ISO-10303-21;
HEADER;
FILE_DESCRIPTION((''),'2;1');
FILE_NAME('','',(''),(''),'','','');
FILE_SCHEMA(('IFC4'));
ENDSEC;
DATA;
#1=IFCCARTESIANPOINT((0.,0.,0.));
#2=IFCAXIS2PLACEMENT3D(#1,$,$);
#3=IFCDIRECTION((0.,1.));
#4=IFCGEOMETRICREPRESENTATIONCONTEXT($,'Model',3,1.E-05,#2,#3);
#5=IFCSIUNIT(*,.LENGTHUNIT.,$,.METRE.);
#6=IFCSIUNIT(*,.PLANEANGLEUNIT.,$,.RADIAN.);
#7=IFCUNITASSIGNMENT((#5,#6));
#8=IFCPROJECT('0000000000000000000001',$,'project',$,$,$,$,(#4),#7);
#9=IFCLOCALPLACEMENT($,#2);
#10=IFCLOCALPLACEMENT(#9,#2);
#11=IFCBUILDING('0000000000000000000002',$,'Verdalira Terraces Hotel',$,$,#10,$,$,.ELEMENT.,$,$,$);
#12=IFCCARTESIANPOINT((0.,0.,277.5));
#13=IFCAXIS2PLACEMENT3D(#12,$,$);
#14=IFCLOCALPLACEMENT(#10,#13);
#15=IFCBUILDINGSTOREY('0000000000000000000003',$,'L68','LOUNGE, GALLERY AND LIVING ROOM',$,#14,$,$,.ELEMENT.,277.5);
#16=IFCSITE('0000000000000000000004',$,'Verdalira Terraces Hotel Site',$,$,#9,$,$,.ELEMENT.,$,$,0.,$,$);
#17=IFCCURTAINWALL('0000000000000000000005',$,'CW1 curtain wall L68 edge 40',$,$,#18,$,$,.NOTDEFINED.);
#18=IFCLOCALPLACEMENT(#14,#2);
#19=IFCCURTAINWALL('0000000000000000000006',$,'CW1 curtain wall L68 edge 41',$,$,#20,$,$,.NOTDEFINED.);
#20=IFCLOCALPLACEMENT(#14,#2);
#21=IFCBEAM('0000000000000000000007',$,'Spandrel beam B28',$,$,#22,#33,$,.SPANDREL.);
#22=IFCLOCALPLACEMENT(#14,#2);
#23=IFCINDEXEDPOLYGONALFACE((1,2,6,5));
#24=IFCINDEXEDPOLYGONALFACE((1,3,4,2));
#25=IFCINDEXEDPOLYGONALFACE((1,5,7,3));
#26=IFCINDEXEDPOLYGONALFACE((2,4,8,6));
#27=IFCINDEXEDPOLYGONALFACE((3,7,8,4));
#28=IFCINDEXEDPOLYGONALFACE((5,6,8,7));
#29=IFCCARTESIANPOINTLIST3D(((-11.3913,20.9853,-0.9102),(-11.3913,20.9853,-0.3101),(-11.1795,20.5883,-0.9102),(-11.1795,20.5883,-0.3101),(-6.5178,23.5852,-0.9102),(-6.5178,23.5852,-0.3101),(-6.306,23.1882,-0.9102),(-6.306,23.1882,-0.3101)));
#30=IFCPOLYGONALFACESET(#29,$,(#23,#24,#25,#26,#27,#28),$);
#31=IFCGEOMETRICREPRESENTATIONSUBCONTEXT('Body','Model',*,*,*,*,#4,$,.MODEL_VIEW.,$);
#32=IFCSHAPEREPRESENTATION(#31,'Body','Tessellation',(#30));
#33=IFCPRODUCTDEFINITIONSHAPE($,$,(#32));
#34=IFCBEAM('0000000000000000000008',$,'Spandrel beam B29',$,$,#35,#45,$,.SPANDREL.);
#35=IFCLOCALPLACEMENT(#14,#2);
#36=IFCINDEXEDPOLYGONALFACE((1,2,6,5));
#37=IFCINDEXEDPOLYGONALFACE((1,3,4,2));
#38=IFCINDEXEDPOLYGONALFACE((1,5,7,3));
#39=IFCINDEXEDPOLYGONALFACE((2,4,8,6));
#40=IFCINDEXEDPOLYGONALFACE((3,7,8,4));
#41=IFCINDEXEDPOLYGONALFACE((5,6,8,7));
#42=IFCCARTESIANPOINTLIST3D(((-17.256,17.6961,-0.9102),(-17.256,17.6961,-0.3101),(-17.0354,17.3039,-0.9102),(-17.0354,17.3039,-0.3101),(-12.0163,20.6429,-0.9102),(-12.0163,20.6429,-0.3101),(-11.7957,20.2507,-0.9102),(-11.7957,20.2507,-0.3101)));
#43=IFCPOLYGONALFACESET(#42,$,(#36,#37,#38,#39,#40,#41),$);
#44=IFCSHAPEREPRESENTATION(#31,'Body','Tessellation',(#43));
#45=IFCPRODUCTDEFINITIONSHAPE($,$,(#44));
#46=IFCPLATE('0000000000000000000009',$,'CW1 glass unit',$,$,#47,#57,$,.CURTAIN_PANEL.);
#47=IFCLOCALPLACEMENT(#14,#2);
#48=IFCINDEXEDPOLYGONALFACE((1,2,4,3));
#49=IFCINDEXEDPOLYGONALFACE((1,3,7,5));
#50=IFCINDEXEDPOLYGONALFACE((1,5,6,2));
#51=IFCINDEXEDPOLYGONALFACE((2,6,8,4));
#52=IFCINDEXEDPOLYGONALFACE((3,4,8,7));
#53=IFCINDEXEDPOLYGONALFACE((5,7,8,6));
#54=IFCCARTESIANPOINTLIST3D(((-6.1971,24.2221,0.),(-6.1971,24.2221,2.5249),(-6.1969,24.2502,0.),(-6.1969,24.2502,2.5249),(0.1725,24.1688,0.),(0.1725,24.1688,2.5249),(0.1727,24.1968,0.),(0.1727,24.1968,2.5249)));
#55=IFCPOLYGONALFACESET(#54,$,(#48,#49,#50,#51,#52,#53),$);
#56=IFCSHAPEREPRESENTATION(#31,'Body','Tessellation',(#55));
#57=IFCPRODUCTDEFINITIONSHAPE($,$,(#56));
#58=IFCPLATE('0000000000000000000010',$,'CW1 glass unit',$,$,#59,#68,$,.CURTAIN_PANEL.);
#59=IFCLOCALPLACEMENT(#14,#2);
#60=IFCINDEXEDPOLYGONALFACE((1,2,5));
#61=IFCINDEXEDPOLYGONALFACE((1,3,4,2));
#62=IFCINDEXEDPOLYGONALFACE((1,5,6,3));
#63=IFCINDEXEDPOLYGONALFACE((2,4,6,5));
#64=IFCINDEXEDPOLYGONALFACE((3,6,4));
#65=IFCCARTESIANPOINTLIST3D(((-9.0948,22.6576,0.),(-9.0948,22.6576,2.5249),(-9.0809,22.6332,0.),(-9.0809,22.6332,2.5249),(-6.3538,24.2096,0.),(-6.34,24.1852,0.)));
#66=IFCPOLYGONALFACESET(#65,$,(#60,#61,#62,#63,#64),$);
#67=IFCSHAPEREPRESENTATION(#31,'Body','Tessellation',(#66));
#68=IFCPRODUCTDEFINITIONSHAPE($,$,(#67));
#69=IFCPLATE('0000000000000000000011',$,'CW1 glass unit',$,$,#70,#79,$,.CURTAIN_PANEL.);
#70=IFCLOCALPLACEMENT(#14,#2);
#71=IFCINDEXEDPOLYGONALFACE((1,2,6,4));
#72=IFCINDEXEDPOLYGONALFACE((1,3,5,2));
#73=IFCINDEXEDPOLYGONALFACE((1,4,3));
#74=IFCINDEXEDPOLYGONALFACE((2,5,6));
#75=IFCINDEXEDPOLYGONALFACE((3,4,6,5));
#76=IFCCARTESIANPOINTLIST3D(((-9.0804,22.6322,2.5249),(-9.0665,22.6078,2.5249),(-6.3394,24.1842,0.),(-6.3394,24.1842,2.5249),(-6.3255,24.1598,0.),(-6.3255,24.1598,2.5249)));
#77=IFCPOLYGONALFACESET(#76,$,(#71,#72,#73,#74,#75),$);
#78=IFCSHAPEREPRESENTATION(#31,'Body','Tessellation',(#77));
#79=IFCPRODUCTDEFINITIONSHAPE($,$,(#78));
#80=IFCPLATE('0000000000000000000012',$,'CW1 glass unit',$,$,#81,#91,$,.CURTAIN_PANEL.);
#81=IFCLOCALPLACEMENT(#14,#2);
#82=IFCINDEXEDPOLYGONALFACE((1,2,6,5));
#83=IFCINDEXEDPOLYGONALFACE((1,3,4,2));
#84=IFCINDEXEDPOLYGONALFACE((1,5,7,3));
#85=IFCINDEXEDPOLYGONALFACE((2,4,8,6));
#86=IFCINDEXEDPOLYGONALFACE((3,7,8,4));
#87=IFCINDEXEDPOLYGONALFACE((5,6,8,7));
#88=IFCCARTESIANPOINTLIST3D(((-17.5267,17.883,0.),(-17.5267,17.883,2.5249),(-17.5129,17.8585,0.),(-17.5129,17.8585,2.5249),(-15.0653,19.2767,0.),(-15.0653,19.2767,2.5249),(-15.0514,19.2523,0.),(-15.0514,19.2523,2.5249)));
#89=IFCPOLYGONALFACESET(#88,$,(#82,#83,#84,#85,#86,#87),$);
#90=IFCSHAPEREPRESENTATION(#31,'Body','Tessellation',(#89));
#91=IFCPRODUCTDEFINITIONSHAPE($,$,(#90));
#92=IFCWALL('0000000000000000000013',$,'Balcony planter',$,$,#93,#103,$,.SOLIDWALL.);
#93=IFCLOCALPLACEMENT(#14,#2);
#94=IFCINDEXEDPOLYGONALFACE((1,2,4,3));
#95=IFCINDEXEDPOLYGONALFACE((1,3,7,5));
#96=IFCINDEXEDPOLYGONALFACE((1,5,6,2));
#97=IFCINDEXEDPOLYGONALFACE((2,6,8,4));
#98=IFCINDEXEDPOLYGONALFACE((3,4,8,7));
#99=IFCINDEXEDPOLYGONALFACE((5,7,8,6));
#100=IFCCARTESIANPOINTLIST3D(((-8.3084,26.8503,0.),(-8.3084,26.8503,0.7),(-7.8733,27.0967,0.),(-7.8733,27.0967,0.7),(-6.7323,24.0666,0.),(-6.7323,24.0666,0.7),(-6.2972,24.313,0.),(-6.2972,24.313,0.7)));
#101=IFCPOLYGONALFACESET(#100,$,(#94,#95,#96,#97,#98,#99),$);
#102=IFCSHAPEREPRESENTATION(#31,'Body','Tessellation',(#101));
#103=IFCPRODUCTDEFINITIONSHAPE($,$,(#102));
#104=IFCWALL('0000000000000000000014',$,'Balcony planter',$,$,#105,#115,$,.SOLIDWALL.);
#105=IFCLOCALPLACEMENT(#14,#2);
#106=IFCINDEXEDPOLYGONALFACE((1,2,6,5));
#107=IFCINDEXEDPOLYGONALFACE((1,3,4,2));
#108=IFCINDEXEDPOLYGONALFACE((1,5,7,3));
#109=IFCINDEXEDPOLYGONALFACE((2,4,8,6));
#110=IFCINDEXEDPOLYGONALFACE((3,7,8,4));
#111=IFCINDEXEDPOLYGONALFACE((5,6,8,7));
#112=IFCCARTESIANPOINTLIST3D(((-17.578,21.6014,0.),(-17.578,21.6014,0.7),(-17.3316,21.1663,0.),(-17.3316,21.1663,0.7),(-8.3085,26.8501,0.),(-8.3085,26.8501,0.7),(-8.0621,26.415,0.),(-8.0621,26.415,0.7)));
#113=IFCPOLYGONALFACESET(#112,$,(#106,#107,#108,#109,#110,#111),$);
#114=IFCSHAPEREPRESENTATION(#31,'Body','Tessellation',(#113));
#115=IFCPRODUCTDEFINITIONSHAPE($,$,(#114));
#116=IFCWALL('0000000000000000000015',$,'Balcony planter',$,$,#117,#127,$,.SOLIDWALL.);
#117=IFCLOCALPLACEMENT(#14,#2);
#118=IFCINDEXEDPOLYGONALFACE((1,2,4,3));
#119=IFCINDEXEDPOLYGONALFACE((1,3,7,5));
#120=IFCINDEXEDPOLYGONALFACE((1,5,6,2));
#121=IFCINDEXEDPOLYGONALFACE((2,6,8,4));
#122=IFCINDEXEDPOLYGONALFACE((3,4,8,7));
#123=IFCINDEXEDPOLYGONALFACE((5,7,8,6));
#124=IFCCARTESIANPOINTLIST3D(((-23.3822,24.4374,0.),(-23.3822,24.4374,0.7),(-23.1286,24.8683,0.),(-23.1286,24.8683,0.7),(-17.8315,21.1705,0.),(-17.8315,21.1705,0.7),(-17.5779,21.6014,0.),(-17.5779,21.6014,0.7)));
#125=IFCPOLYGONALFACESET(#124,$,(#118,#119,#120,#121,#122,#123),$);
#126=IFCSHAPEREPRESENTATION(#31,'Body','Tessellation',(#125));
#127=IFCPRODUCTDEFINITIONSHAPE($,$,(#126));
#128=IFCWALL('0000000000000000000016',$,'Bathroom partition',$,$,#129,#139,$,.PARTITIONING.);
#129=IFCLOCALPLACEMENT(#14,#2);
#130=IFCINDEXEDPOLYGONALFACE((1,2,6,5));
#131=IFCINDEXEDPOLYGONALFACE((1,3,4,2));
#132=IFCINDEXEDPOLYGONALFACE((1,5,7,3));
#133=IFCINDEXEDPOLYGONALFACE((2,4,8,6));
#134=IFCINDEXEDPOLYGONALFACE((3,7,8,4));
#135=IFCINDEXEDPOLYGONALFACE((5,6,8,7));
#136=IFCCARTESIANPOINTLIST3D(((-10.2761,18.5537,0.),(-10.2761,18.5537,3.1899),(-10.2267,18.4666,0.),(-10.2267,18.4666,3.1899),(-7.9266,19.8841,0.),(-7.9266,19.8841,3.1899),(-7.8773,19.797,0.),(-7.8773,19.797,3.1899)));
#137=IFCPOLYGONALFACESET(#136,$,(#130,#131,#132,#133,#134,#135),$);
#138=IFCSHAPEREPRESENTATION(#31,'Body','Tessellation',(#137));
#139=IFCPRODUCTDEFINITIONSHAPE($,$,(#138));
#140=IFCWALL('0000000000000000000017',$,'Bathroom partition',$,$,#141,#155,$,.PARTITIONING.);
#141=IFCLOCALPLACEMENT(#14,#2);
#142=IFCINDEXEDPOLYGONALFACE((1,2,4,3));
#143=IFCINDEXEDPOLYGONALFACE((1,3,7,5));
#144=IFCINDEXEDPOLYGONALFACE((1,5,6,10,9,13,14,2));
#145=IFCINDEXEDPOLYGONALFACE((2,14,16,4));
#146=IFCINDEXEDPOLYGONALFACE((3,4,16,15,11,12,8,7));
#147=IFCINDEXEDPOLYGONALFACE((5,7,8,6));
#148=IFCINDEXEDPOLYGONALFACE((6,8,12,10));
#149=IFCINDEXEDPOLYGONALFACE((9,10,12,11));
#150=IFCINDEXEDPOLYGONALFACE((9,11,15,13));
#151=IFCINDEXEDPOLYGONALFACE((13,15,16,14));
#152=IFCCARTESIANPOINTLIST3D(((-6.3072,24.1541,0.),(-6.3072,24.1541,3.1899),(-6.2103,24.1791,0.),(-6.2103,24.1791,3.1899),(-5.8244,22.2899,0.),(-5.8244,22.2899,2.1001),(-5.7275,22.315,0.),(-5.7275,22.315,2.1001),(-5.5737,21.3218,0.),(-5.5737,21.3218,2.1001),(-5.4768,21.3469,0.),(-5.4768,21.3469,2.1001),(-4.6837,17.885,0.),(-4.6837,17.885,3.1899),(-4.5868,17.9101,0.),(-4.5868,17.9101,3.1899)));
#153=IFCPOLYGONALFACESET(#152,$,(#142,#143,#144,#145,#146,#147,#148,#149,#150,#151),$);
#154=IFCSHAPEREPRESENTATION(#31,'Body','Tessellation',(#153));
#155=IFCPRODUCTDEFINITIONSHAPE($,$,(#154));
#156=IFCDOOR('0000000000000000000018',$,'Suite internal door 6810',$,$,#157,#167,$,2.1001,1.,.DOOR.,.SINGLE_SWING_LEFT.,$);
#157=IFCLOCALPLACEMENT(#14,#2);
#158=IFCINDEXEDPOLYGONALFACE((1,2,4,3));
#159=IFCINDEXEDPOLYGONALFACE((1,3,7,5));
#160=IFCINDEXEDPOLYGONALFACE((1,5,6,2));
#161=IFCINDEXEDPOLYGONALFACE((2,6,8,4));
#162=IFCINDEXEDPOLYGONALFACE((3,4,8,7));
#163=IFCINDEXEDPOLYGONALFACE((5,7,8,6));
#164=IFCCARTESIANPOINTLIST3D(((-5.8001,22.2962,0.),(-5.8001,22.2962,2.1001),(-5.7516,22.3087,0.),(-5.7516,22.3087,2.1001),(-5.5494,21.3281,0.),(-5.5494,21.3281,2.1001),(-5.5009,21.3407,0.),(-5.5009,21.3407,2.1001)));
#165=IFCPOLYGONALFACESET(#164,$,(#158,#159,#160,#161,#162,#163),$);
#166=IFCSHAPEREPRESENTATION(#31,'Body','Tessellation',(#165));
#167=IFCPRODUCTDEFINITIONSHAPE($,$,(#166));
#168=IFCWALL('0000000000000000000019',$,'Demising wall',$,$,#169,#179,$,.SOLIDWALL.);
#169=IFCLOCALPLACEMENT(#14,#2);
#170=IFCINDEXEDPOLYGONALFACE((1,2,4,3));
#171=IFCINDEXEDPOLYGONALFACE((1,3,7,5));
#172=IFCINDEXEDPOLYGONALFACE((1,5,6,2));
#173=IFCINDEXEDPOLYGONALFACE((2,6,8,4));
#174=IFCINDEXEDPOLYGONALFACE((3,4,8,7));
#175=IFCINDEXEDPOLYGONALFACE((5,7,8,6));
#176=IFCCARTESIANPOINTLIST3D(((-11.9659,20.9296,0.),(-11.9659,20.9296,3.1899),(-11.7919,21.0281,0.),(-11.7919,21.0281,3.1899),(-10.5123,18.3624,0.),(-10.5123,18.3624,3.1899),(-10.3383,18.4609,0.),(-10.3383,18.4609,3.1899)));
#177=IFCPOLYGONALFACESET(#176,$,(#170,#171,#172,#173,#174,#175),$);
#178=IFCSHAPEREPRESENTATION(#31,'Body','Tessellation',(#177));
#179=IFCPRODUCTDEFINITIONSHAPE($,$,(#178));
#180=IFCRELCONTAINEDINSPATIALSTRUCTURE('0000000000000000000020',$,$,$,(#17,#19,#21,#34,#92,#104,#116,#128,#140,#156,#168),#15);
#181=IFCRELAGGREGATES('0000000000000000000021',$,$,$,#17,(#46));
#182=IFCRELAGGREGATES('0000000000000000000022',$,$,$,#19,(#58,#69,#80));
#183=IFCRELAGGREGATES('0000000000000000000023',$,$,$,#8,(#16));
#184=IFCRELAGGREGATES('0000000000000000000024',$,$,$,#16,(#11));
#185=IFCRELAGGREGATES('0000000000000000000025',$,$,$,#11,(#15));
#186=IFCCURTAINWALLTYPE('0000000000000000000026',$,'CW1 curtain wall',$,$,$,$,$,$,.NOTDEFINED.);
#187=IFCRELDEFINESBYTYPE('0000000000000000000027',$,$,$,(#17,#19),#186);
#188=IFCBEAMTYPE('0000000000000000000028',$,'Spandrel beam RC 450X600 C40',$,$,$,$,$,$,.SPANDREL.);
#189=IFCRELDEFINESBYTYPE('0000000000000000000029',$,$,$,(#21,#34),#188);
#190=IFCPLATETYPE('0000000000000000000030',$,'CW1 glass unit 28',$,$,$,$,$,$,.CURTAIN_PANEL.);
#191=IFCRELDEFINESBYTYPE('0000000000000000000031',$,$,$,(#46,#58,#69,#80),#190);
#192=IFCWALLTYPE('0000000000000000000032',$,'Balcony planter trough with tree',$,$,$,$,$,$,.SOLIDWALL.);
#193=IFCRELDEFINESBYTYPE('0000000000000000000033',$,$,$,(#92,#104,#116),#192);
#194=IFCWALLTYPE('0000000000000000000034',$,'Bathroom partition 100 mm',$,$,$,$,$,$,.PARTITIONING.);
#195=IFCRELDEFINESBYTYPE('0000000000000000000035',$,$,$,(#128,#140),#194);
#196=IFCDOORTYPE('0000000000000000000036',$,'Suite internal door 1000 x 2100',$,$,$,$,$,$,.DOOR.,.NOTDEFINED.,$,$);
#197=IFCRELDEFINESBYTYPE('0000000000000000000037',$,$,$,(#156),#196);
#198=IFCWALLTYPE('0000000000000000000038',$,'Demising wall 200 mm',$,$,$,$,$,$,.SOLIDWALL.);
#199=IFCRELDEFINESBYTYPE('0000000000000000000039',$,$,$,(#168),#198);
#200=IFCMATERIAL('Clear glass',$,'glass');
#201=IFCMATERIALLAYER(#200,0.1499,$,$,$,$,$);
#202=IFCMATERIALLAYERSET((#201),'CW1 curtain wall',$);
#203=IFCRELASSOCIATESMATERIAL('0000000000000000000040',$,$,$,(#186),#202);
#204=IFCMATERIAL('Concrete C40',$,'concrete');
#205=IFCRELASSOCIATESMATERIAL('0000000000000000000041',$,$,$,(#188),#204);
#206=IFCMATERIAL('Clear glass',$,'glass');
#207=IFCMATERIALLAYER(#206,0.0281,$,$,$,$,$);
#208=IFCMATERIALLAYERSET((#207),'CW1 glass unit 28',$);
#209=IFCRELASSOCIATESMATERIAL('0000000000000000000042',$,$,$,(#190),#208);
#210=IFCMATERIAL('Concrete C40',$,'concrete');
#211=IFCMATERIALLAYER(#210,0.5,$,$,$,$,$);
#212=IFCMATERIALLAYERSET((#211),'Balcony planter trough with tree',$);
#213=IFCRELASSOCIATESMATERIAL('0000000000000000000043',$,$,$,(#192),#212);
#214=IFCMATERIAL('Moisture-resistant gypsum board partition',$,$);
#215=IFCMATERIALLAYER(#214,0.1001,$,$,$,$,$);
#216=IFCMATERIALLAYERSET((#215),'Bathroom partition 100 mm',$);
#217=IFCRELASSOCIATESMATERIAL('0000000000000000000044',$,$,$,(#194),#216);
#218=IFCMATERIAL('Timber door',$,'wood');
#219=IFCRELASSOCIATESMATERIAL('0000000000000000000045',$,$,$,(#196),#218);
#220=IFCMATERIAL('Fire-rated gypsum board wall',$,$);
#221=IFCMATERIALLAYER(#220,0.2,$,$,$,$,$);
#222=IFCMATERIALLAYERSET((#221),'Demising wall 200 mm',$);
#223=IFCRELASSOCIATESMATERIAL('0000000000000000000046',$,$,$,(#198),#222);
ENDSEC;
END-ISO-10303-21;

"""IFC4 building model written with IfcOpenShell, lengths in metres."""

from ifc_helpers import new_model, si_unit, direction, frame, frame_2d, origin, origin_2d, place, context, subcontext, project, spatial, polyline, rectangle, outline, extrude, material, layer, layer_set, material_profile, profile_set, type_object, element, fill, aggregate, save


model = new_model("IFC4")

# Units and contexts
model_context = context("Model", 3, precision=1e-05, world=origin(), true_north=direction((0.0, 1.0)))
body_context = subcontext(model_context, "Body", "Model", "MODEL_VIEW")
ifc_project = project(units=[si_unit("LENGTHUNIT", "METRE"), si_unit("PLANEANGLEUNIT", "RADIAN")], contexts=[model_context])

# Site, building, storey
site_placement = place(None, origin())
site = spatial("IfcSite", under=ifc_project, at=site_placement, Name="Verdalira Terraces Hotel Site", CompositionType="ELEMENT", RefElevation=0.0)
building_placement = place(site_placement, origin())
building = spatial("IfcBuilding", under=site, at=building_placement, Name="Verdalira Terraces Hotel", CompositionType="ELEMENT")
storey_placement = place(building_placement, frame((0.0, 0.0, 277.5)))
storey = spatial("IfcBuildingStorey", under=building, at=storey_placement, Name="L68", Description="LOUNGE, GALLERY AND LIVING ROOM", CompositionType="ELEMENT", Elevation=277.5)

# Curtain wall
ifc_material_1 = material(Name="Clear glass", Category="glass")
ifc_layer_1 = layer(ifc_material_1, 0.1499)
ifc_layer_set_1 = layer_set([ifc_layer_1], Name="CW1 curtain wall")
curtain_wall_type_1 = type_object("IfcCurtainWallType", Name="CW1 curtain wall", PredefinedType="NOTDEFINED", material=ifc_layer_set_1)
curtain_wall_1_placement = place(storey_placement, origin())
curtain_wall_1 = element("IfcCurtainWall", 1, at=curtain_wall_1_placement, inside=storey, type_object=curtain_wall_type_1, Name="CW1 curtain wall L68 edge 40", PredefinedType="NOTDEFINED")

# Curtain wall
curtain_wall_2_placement = place(storey_placement, origin())
curtain_wall_2 = element("IfcCurtainWall", 2, at=curtain_wall_2_placement, inside=storey, type_object=curtain_wall_type_1, Name="CW1 curtain wall L68 edge 41", PredefinedType="NOTDEFINED")

# Beams
ifc_material_2 = material(Name="Concrete C40", Category="concrete")
ifc_material_profile_1 = material_profile(ifc_material_2, rectangle(XDim=0.45, YDim=0.6001, at=origin_2d()), Name="RC 450X600")
ifc_profile_set_1 = profile_set([ifc_material_profile_1], Name="Concrete C40")
beam_type_1 = type_object("IfcBeamType", Name="Spandrel beam RC 450X600 C40", PredefinedType="SPANDREL", material=ifc_profile_set_1)
beam_1_placement = place(storey_placement, frame((-6.4119, 23.3867, -0.6101), z_axis=(-0.882305, -0.470678, 0.0), x_axis=(0.470678, -0.882305, 0.0)))
element("IfcBeam", 3, at=beam_1_placement, inside=storey, type_object=beam_type_1, Name="Spandrel beam B28", PredefinedType="SPANDREL", context=body_context, shape_type="SweptSolid", body=[
    extrude(rectangle(XDim=0.45, YDim=0.6001, at=origin_2d()), origin(), (0.0, 0.0, 1.0), 5.5237),
])
beam_2_placement = place(storey_placement, frame((-11.906, 20.4468, -0.6101), z_axis=(-0.871617, -0.490188, 0.0), x_axis=(0.490188, -0.871617, 0.0)))
element("IfcBeam", 4, at=beam_2_placement, inside=storey, type_object=beam_type_1, Name="Spandrel beam B29", PredefinedType="SPANDREL", context=body_context, shape_type="SweptSolid", body=[
    extrude(rectangle(XDim=0.45, YDim=0.6001, at=origin_2d()), origin(), (0.0, 0.0, 1.0), 6.0115),
])

# Plates
ifc_material_3 = material(Name="Clear glass", Category="glass")
ifc_layer_2 = layer(ifc_material_3, 0.0281)
ifc_layer_set_2 = layer_set([ifc_layer_2], Name="CW1 glass unit 28")
plate_type = type_object("IfcPlateType", Name="CW1 glass unit 28", PredefinedType="CURTAIN_PANEL", material=ifc_layer_set_2)
plate_1_placement = place(storey_placement, frame((-3.0122, 24.2095, 0.0), z_axis=(0.0, 0.0, 1.0), x_axis=(-0.999965, 0.008377, 0.0)))
plate_1 = element("IfcPlate", 5, at=plate_1_placement, type_object=plate_type, Name="CW1 glass unit", PredefinedType="CURTAIN_PANEL", context=body_context, shape_type="SweptSolid", body=[
    extrude(rectangle(XDim=6.3699, YDim=0.0281, at=origin_2d()), origin(), (0.0, 0.0, 1.0), 2.5249),
])
aggregate(curtain_wall_1, [plate_1])
plate_2_placement = place(storey_placement, frame((-7.7104, 23.4092, 1.2625), z_axis=(-0.492727, 0.870184, 0.0), x_axis=(-0.870184, -0.492727, 0.0)))
plate_2 = element("IfcPlate", 6, at=plate_2_placement, type_object=plate_type, Name="CW1 glass unit", PredefinedType="CURTAIN_PANEL", context=body_context, shape_type="SweptSolid", body=[
    extrude(outline(polyline([(-1.575, -1.2625), (1.575, -1.2625), (1.575, 1.2625), (-1.575, -1.2625)])), origin(), (0.0, 0.0, 1.0), 0.0281),
])
plate_3_placement = place(storey_placement, frame((-7.696, 23.3838, 1.2625), z_axis=(-0.492727, 0.870184, 0.0), x_axis=(-0.870184, -0.492727, 0.0)))
plate_3 = element("IfcPlate", 7, at=plate_3_placement, type_object=plate_type, Name="CW1 glass unit", PredefinedType="CURTAIN_PANEL", context=body_context, shape_type="SweptSolid", body=[
    extrude(outline(polyline([(-1.575, -1.2625), (1.575, 1.2625), (-1.575, 1.2625), (-1.575, -1.2625)])), origin(), (0.0, 0.0, 1.0), 0.0281),
])
plate_4_placement = place(storey_placement, frame((-16.2891, 18.5676, 0.0), z_axis=(0.0, 0.0, 1.0), x_axis=(-0.870184, -0.492727, 0.0)))
plate_4 = element("IfcPlate", 8, at=plate_4_placement, type_object=plate_type, Name="CW1 glass unit", PredefinedType="CURTAIN_PANEL", context=body_context, shape_type="SweptSolid", body=[
    extrude(rectangle(XDim=2.8286, YDim=0.0281, at=origin_2d()), origin(), (0.0, 0.0, 1.0), 2.5249),
])
aggregate(curtain_wall_2, [plate_2, plate_3, plate_4])

# Walls
ifc_material_4 = material(Name="Concrete C40", Category="concrete")
ifc_layer_3 = layer(ifc_material_4, 0.5)
ifc_layer_set_3 = layer_set([ifc_layer_3], Name="Balcony planter trough with tree")
wall_type_1 = type_object("IfcWallType", Name="Balcony planter trough with tree", PredefinedType="SOLIDWALL", material=ifc_layer_set_3)
wall_1_placement = place(storey_placement, frame((-6.5146, 24.1897, 0.0), z_axis=(0.0, 0.0, 1.0), x_axis=(-0.492716, 0.87019, 0.0)))
element("IfcWall", 9, at=wall_1_placement, inside=storey, type_object=wall_type_1, Name="Balcony planter", PredefinedType="SOLIDWALL", context=body_context, shape_type="SweptSolid", body=[
    extrude(rectangle(XDim=3.199, YDim=0.5, at=frame_2d((1.5996, 0.0))), origin(), (0.0, 0.0, 1.0), 0.7),
])
wall_2_placement = place(storey_placement, frame((-8.1853, 26.6326, 0.0), z_axis=(0.0, 0.0, 1.0), x_axis=(-0.870181, -0.492732, 0.0)))
element("IfcWall", 10, at=wall_2_placement, inside=storey, type_object=wall_type_1, Name="Balcony planter", PredefinedType="SOLIDWALL", context=body_context, shape_type="SweptSolid", body=[
    extrude(rectangle(XDim=10.6523, YDim=0.5, at=frame_2d((5.3262, 0.0))), origin(), (0.0, 0.0, 1.0), 0.7),
])
wall_3_placement = place(storey_placement, frame((-17.7048, 21.386, 0.0), z_axis=(0.0, 0.0, 1.0), x_axis=(-0.86181, 0.50723, 0.0)))
element("IfcWall", 11, at=wall_3_placement, inside=storey, type_object=wall_type_1, Name="Balcony planter", PredefinedType="SOLIDWALL", context=body_context, shape_type="SweptSolid", body=[
    extrude(rectangle(XDim=6.4407, YDim=0.5, at=frame_2d((3.2202, 0.0))), origin(), (0.0, 0.0, 1.0), 0.7),
])
ifc_material_5 = material(Name="Moisture-resistant gypsum board partition")
ifc_layer_4 = layer(ifc_material_5, 0.1001)
ifc_layer_set_4 = layer_set([ifc_layer_4], Name="Bathroom partition 100 mm")
wall_type_2 = type_object("IfcWallType", Name="Bathroom partition 100 mm", PredefinedType="PARTITIONING", material=ifc_layer_set_4)
wall_4_placement = place(storey_placement, frame((-7.9019, 19.8406, 0.0), z_axis=(0.0, 0.0, 1.0), x_axis=(-0.870179, -0.492736, 0.0)))
element("IfcWall", 12, at=wall_4_placement, inside=storey, type_object=wall_type_2, Name="Bathroom partition", PredefinedType="PARTITIONING", context=body_context, shape_type="SweptSolid", body=[
    extrude(rectangle(XDim=2.7, YDim=0.1001, at=frame_2d((1.3501, 0.0))), origin(), (0.0, 0.0, 1.0), 3.1899),
])

# Wall, opening, door
wall_5_placement = place(storey_placement, frame((-4.6353, 17.8977, 0.0), z_axis=(0.0, 0.0, 1.0), x_axis=(-0.250706, 0.968063, 0.0)))
wall_5 = element("IfcWall", 13, at=wall_5_placement, inside=storey, type_object=wall_type_2, Name="Bathroom partition", PredefinedType="PARTITIONING", context=body_context, shape_type="SweptSolid", body=[
    extrude(rectangle(XDim=6.4758, YDim=0.1001, at=frame_2d((3.2378, 0.0))), origin(), (0.0, 0.0, 1.0), 3.1899),
])
opening_1_placement = place(wall_5_placement, frame((3.55, 0.0, 0.0)))
opening_1 = element("IfcOpeningElement", 14, at=opening_1_placement, cuts=wall_5, PredefinedType="OPENING", context=body_context, shape_type="SweptSolid", body=[
    extrude(rectangle(XDim=1.0, YDim=2.1001, at=frame_2d((0.5, 1.05))), frame((0.0, 0.0601, 0.0), z_axis=(0.0, -1.0, 0.0), x_axis=(1.0, 0.0, 0.0)), (0.0, 0.0, 1.0), 0.1201),
])
ifc_material_6 = material(Name="Timber door", Category="wood")
door_type_1 = type_object("IfcDoorType", Name="Suite internal door 1000 x 2100", OperationType="NOTDEFINED", PredefinedType="DOOR", material=ifc_material_6)
door_1_placement = place(opening_1_placement, origin())
door_1 = element("IfcDoor", 15, at=door_1_placement, inside=storey, type_object=door_type_1, Name="Suite internal door 6810", OperationType="SINGLE_SWING_LEFT", OverallHeight=2.1001, OverallWidth=1.0, PredefinedType="DOOR", context=body_context, shape_type="SweptSolid", body=[
    extrude(rectangle(XDim=1.0, YDim=2.1001, at=frame_2d((0.5, 1.05))), frame((0.0, 0.0249, 0.0), z_axis=(0.0, -1.0, 0.0), x_axis=(1.0, 0.0, 0.0)), (0.0, 0.0, 1.0), 0.05),
])
fill(opening_1, door_1)

# Wall
ifc_material_7 = material(Name="Fire-rated gypsum board wall")
ifc_layer_5 = layer(ifc_material_7, 0.2)
ifc_layer_set_5 = layer_set([ifc_layer_5], Name="Demising wall 200 mm")
wall_type_3 = type_object("IfcWallType", Name="Demising wall 200 mm", PredefinedType="SOLIDWALL", material=ifc_layer_set_5)
wall_6_placement = place(storey_placement, frame((-10.4253, 18.4116, 0.0), z_axis=(0.0, 0.0, 1.0), x_axis=(-0.492731, 0.870182, 0.0)))
element("IfcWall", 16, at=wall_6_placement, inside=storey, type_object=wall_type_3, Name="Demising wall", PredefinedType="SOLIDWALL", context=body_context, shape_type="SweptSolid", body=[
    extrude(rectangle(XDim=2.9502, YDim=0.2, at=frame_2d((1.4751, 0.0))), origin(), (0.0, 0.0, 1.0), 3.1899),
])

save(model, "model.ifc")
